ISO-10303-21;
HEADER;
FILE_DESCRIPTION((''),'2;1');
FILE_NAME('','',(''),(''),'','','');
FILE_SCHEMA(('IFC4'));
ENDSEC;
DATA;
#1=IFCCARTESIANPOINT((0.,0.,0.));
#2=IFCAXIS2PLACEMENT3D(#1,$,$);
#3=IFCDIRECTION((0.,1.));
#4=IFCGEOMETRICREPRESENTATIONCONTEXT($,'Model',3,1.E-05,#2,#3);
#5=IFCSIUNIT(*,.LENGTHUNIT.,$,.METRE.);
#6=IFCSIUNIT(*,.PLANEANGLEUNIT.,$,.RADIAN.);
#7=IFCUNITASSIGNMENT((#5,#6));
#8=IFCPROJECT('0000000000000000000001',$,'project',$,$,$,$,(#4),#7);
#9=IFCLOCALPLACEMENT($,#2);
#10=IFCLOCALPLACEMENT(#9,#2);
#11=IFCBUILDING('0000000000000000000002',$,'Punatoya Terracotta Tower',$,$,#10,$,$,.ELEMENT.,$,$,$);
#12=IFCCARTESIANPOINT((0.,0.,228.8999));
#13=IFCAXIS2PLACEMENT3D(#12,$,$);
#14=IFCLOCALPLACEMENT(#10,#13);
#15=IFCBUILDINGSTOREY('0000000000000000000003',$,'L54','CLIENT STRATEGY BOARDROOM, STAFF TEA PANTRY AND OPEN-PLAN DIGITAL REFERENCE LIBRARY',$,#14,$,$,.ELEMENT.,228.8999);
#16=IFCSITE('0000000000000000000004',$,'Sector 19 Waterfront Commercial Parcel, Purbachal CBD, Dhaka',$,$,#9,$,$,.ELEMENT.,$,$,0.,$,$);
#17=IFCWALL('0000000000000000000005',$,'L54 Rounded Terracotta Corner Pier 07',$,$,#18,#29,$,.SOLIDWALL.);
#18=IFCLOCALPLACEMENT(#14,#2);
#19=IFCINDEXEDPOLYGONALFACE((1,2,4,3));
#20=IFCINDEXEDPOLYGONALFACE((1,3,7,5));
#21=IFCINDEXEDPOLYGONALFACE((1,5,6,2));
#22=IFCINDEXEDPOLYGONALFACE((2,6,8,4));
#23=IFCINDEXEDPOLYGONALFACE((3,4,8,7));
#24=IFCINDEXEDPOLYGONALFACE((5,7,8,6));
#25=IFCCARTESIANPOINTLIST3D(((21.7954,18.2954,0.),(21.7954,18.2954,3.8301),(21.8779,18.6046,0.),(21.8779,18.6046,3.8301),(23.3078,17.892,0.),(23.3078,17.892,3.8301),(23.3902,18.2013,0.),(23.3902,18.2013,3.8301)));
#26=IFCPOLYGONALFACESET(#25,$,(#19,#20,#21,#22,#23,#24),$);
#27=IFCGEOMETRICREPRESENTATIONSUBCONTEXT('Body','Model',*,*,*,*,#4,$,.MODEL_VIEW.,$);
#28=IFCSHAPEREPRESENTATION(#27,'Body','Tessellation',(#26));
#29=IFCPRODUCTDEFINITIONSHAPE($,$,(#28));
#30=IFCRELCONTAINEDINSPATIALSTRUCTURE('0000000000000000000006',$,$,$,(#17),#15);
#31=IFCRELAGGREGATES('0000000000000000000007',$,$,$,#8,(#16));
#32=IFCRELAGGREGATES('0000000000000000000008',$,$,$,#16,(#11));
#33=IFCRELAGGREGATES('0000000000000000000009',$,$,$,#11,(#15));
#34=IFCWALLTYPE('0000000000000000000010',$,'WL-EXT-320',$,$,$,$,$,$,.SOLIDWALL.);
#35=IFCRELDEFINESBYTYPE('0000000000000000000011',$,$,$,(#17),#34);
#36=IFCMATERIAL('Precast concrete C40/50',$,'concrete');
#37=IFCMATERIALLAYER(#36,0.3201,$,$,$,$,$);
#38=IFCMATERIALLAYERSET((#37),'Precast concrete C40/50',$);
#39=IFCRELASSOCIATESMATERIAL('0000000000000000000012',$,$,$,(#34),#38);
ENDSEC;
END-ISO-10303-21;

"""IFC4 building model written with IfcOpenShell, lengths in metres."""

from ifc_helpers import new_model, si_unit, direction, frame, frame_2d, origin, place, context, subcontext, project, spatial, rectangle, extrude, material, layer, layer_set, type_object, element, save


model = new_model("IFC4")

# Units and contexts
model_context = context("Model", 3, precision=1e-05, world=origin(), true_north=direction((0.0, 1.0)))
body_context = subcontext(model_context, "Body", "Model", "MODEL_VIEW")
ifc_project = project(units=[si_unit("LENGTHUNIT", "METRE"), si_unit("PLANEANGLEUNIT", "RADIAN")], contexts=[model_context])

# Site, building, storey
site_placement = place(None, origin())
site = spatial("IfcSite", under=ifc_project, at=site_placement, Name="Sector 19 Waterfront Commercial Parcel, Purbachal CBD, Dhaka", CompositionType="ELEMENT", RefElevation=0.0)
building_placement = place(site_placement, origin())
building = spatial("IfcBuilding", under=site, at=building_placement, Name="Punatoya Terracotta Tower", CompositionType="ELEMENT")
storey_placement = place(building_placement, frame((0.0, 0.0, 228.8999)))
storey = spatial("IfcBuildingStorey", under=building, at=storey_placement, Name="L54", Description="CLIENT STRATEGY BOARDROOM, STAFF TEA PANTRY AND OPEN-PLAN DIGITAL REFERENCE LIBRARY", CompositionType="ELEMENT", Elevation=228.8999)

# Wall
ifc_material_1 = material(Name="Precast concrete C40/50", Category="concrete")
ifc_layer_1 = layer(ifc_material_1, 0.3201)
ifc_layer_set_1 = layer_set([ifc_layer_1], Name="Precast concrete C40/50")
wall_type = type_object("IfcWallType", Name="WL-EXT-320", PredefinedType="SOLIDWALL", material=ifc_layer_set_1)
wall_1_placement = place(storey_placement, frame((23.3491, 18.0466, 0.0), z_axis=(0.0, 0.0, 1.0), x_axis=(-0.966225, 0.257701, 0.0)))
element("IfcWall", 1, at=wall_1_placement, inside=storey, type_object=wall_type, Name="L54 Rounded Terracotta Corner Pier 07", PredefinedType="SOLIDWALL", context=body_context, shape_type="SweptSolid", body=[
    extrude(rectangle(XDim=1.5652, YDim=0.3201, at=frame_2d((0.7827, 0.0))), origin(), (0.0, 0.0, 1.0), 3.8301),
])

save(model, "model.ifc")
